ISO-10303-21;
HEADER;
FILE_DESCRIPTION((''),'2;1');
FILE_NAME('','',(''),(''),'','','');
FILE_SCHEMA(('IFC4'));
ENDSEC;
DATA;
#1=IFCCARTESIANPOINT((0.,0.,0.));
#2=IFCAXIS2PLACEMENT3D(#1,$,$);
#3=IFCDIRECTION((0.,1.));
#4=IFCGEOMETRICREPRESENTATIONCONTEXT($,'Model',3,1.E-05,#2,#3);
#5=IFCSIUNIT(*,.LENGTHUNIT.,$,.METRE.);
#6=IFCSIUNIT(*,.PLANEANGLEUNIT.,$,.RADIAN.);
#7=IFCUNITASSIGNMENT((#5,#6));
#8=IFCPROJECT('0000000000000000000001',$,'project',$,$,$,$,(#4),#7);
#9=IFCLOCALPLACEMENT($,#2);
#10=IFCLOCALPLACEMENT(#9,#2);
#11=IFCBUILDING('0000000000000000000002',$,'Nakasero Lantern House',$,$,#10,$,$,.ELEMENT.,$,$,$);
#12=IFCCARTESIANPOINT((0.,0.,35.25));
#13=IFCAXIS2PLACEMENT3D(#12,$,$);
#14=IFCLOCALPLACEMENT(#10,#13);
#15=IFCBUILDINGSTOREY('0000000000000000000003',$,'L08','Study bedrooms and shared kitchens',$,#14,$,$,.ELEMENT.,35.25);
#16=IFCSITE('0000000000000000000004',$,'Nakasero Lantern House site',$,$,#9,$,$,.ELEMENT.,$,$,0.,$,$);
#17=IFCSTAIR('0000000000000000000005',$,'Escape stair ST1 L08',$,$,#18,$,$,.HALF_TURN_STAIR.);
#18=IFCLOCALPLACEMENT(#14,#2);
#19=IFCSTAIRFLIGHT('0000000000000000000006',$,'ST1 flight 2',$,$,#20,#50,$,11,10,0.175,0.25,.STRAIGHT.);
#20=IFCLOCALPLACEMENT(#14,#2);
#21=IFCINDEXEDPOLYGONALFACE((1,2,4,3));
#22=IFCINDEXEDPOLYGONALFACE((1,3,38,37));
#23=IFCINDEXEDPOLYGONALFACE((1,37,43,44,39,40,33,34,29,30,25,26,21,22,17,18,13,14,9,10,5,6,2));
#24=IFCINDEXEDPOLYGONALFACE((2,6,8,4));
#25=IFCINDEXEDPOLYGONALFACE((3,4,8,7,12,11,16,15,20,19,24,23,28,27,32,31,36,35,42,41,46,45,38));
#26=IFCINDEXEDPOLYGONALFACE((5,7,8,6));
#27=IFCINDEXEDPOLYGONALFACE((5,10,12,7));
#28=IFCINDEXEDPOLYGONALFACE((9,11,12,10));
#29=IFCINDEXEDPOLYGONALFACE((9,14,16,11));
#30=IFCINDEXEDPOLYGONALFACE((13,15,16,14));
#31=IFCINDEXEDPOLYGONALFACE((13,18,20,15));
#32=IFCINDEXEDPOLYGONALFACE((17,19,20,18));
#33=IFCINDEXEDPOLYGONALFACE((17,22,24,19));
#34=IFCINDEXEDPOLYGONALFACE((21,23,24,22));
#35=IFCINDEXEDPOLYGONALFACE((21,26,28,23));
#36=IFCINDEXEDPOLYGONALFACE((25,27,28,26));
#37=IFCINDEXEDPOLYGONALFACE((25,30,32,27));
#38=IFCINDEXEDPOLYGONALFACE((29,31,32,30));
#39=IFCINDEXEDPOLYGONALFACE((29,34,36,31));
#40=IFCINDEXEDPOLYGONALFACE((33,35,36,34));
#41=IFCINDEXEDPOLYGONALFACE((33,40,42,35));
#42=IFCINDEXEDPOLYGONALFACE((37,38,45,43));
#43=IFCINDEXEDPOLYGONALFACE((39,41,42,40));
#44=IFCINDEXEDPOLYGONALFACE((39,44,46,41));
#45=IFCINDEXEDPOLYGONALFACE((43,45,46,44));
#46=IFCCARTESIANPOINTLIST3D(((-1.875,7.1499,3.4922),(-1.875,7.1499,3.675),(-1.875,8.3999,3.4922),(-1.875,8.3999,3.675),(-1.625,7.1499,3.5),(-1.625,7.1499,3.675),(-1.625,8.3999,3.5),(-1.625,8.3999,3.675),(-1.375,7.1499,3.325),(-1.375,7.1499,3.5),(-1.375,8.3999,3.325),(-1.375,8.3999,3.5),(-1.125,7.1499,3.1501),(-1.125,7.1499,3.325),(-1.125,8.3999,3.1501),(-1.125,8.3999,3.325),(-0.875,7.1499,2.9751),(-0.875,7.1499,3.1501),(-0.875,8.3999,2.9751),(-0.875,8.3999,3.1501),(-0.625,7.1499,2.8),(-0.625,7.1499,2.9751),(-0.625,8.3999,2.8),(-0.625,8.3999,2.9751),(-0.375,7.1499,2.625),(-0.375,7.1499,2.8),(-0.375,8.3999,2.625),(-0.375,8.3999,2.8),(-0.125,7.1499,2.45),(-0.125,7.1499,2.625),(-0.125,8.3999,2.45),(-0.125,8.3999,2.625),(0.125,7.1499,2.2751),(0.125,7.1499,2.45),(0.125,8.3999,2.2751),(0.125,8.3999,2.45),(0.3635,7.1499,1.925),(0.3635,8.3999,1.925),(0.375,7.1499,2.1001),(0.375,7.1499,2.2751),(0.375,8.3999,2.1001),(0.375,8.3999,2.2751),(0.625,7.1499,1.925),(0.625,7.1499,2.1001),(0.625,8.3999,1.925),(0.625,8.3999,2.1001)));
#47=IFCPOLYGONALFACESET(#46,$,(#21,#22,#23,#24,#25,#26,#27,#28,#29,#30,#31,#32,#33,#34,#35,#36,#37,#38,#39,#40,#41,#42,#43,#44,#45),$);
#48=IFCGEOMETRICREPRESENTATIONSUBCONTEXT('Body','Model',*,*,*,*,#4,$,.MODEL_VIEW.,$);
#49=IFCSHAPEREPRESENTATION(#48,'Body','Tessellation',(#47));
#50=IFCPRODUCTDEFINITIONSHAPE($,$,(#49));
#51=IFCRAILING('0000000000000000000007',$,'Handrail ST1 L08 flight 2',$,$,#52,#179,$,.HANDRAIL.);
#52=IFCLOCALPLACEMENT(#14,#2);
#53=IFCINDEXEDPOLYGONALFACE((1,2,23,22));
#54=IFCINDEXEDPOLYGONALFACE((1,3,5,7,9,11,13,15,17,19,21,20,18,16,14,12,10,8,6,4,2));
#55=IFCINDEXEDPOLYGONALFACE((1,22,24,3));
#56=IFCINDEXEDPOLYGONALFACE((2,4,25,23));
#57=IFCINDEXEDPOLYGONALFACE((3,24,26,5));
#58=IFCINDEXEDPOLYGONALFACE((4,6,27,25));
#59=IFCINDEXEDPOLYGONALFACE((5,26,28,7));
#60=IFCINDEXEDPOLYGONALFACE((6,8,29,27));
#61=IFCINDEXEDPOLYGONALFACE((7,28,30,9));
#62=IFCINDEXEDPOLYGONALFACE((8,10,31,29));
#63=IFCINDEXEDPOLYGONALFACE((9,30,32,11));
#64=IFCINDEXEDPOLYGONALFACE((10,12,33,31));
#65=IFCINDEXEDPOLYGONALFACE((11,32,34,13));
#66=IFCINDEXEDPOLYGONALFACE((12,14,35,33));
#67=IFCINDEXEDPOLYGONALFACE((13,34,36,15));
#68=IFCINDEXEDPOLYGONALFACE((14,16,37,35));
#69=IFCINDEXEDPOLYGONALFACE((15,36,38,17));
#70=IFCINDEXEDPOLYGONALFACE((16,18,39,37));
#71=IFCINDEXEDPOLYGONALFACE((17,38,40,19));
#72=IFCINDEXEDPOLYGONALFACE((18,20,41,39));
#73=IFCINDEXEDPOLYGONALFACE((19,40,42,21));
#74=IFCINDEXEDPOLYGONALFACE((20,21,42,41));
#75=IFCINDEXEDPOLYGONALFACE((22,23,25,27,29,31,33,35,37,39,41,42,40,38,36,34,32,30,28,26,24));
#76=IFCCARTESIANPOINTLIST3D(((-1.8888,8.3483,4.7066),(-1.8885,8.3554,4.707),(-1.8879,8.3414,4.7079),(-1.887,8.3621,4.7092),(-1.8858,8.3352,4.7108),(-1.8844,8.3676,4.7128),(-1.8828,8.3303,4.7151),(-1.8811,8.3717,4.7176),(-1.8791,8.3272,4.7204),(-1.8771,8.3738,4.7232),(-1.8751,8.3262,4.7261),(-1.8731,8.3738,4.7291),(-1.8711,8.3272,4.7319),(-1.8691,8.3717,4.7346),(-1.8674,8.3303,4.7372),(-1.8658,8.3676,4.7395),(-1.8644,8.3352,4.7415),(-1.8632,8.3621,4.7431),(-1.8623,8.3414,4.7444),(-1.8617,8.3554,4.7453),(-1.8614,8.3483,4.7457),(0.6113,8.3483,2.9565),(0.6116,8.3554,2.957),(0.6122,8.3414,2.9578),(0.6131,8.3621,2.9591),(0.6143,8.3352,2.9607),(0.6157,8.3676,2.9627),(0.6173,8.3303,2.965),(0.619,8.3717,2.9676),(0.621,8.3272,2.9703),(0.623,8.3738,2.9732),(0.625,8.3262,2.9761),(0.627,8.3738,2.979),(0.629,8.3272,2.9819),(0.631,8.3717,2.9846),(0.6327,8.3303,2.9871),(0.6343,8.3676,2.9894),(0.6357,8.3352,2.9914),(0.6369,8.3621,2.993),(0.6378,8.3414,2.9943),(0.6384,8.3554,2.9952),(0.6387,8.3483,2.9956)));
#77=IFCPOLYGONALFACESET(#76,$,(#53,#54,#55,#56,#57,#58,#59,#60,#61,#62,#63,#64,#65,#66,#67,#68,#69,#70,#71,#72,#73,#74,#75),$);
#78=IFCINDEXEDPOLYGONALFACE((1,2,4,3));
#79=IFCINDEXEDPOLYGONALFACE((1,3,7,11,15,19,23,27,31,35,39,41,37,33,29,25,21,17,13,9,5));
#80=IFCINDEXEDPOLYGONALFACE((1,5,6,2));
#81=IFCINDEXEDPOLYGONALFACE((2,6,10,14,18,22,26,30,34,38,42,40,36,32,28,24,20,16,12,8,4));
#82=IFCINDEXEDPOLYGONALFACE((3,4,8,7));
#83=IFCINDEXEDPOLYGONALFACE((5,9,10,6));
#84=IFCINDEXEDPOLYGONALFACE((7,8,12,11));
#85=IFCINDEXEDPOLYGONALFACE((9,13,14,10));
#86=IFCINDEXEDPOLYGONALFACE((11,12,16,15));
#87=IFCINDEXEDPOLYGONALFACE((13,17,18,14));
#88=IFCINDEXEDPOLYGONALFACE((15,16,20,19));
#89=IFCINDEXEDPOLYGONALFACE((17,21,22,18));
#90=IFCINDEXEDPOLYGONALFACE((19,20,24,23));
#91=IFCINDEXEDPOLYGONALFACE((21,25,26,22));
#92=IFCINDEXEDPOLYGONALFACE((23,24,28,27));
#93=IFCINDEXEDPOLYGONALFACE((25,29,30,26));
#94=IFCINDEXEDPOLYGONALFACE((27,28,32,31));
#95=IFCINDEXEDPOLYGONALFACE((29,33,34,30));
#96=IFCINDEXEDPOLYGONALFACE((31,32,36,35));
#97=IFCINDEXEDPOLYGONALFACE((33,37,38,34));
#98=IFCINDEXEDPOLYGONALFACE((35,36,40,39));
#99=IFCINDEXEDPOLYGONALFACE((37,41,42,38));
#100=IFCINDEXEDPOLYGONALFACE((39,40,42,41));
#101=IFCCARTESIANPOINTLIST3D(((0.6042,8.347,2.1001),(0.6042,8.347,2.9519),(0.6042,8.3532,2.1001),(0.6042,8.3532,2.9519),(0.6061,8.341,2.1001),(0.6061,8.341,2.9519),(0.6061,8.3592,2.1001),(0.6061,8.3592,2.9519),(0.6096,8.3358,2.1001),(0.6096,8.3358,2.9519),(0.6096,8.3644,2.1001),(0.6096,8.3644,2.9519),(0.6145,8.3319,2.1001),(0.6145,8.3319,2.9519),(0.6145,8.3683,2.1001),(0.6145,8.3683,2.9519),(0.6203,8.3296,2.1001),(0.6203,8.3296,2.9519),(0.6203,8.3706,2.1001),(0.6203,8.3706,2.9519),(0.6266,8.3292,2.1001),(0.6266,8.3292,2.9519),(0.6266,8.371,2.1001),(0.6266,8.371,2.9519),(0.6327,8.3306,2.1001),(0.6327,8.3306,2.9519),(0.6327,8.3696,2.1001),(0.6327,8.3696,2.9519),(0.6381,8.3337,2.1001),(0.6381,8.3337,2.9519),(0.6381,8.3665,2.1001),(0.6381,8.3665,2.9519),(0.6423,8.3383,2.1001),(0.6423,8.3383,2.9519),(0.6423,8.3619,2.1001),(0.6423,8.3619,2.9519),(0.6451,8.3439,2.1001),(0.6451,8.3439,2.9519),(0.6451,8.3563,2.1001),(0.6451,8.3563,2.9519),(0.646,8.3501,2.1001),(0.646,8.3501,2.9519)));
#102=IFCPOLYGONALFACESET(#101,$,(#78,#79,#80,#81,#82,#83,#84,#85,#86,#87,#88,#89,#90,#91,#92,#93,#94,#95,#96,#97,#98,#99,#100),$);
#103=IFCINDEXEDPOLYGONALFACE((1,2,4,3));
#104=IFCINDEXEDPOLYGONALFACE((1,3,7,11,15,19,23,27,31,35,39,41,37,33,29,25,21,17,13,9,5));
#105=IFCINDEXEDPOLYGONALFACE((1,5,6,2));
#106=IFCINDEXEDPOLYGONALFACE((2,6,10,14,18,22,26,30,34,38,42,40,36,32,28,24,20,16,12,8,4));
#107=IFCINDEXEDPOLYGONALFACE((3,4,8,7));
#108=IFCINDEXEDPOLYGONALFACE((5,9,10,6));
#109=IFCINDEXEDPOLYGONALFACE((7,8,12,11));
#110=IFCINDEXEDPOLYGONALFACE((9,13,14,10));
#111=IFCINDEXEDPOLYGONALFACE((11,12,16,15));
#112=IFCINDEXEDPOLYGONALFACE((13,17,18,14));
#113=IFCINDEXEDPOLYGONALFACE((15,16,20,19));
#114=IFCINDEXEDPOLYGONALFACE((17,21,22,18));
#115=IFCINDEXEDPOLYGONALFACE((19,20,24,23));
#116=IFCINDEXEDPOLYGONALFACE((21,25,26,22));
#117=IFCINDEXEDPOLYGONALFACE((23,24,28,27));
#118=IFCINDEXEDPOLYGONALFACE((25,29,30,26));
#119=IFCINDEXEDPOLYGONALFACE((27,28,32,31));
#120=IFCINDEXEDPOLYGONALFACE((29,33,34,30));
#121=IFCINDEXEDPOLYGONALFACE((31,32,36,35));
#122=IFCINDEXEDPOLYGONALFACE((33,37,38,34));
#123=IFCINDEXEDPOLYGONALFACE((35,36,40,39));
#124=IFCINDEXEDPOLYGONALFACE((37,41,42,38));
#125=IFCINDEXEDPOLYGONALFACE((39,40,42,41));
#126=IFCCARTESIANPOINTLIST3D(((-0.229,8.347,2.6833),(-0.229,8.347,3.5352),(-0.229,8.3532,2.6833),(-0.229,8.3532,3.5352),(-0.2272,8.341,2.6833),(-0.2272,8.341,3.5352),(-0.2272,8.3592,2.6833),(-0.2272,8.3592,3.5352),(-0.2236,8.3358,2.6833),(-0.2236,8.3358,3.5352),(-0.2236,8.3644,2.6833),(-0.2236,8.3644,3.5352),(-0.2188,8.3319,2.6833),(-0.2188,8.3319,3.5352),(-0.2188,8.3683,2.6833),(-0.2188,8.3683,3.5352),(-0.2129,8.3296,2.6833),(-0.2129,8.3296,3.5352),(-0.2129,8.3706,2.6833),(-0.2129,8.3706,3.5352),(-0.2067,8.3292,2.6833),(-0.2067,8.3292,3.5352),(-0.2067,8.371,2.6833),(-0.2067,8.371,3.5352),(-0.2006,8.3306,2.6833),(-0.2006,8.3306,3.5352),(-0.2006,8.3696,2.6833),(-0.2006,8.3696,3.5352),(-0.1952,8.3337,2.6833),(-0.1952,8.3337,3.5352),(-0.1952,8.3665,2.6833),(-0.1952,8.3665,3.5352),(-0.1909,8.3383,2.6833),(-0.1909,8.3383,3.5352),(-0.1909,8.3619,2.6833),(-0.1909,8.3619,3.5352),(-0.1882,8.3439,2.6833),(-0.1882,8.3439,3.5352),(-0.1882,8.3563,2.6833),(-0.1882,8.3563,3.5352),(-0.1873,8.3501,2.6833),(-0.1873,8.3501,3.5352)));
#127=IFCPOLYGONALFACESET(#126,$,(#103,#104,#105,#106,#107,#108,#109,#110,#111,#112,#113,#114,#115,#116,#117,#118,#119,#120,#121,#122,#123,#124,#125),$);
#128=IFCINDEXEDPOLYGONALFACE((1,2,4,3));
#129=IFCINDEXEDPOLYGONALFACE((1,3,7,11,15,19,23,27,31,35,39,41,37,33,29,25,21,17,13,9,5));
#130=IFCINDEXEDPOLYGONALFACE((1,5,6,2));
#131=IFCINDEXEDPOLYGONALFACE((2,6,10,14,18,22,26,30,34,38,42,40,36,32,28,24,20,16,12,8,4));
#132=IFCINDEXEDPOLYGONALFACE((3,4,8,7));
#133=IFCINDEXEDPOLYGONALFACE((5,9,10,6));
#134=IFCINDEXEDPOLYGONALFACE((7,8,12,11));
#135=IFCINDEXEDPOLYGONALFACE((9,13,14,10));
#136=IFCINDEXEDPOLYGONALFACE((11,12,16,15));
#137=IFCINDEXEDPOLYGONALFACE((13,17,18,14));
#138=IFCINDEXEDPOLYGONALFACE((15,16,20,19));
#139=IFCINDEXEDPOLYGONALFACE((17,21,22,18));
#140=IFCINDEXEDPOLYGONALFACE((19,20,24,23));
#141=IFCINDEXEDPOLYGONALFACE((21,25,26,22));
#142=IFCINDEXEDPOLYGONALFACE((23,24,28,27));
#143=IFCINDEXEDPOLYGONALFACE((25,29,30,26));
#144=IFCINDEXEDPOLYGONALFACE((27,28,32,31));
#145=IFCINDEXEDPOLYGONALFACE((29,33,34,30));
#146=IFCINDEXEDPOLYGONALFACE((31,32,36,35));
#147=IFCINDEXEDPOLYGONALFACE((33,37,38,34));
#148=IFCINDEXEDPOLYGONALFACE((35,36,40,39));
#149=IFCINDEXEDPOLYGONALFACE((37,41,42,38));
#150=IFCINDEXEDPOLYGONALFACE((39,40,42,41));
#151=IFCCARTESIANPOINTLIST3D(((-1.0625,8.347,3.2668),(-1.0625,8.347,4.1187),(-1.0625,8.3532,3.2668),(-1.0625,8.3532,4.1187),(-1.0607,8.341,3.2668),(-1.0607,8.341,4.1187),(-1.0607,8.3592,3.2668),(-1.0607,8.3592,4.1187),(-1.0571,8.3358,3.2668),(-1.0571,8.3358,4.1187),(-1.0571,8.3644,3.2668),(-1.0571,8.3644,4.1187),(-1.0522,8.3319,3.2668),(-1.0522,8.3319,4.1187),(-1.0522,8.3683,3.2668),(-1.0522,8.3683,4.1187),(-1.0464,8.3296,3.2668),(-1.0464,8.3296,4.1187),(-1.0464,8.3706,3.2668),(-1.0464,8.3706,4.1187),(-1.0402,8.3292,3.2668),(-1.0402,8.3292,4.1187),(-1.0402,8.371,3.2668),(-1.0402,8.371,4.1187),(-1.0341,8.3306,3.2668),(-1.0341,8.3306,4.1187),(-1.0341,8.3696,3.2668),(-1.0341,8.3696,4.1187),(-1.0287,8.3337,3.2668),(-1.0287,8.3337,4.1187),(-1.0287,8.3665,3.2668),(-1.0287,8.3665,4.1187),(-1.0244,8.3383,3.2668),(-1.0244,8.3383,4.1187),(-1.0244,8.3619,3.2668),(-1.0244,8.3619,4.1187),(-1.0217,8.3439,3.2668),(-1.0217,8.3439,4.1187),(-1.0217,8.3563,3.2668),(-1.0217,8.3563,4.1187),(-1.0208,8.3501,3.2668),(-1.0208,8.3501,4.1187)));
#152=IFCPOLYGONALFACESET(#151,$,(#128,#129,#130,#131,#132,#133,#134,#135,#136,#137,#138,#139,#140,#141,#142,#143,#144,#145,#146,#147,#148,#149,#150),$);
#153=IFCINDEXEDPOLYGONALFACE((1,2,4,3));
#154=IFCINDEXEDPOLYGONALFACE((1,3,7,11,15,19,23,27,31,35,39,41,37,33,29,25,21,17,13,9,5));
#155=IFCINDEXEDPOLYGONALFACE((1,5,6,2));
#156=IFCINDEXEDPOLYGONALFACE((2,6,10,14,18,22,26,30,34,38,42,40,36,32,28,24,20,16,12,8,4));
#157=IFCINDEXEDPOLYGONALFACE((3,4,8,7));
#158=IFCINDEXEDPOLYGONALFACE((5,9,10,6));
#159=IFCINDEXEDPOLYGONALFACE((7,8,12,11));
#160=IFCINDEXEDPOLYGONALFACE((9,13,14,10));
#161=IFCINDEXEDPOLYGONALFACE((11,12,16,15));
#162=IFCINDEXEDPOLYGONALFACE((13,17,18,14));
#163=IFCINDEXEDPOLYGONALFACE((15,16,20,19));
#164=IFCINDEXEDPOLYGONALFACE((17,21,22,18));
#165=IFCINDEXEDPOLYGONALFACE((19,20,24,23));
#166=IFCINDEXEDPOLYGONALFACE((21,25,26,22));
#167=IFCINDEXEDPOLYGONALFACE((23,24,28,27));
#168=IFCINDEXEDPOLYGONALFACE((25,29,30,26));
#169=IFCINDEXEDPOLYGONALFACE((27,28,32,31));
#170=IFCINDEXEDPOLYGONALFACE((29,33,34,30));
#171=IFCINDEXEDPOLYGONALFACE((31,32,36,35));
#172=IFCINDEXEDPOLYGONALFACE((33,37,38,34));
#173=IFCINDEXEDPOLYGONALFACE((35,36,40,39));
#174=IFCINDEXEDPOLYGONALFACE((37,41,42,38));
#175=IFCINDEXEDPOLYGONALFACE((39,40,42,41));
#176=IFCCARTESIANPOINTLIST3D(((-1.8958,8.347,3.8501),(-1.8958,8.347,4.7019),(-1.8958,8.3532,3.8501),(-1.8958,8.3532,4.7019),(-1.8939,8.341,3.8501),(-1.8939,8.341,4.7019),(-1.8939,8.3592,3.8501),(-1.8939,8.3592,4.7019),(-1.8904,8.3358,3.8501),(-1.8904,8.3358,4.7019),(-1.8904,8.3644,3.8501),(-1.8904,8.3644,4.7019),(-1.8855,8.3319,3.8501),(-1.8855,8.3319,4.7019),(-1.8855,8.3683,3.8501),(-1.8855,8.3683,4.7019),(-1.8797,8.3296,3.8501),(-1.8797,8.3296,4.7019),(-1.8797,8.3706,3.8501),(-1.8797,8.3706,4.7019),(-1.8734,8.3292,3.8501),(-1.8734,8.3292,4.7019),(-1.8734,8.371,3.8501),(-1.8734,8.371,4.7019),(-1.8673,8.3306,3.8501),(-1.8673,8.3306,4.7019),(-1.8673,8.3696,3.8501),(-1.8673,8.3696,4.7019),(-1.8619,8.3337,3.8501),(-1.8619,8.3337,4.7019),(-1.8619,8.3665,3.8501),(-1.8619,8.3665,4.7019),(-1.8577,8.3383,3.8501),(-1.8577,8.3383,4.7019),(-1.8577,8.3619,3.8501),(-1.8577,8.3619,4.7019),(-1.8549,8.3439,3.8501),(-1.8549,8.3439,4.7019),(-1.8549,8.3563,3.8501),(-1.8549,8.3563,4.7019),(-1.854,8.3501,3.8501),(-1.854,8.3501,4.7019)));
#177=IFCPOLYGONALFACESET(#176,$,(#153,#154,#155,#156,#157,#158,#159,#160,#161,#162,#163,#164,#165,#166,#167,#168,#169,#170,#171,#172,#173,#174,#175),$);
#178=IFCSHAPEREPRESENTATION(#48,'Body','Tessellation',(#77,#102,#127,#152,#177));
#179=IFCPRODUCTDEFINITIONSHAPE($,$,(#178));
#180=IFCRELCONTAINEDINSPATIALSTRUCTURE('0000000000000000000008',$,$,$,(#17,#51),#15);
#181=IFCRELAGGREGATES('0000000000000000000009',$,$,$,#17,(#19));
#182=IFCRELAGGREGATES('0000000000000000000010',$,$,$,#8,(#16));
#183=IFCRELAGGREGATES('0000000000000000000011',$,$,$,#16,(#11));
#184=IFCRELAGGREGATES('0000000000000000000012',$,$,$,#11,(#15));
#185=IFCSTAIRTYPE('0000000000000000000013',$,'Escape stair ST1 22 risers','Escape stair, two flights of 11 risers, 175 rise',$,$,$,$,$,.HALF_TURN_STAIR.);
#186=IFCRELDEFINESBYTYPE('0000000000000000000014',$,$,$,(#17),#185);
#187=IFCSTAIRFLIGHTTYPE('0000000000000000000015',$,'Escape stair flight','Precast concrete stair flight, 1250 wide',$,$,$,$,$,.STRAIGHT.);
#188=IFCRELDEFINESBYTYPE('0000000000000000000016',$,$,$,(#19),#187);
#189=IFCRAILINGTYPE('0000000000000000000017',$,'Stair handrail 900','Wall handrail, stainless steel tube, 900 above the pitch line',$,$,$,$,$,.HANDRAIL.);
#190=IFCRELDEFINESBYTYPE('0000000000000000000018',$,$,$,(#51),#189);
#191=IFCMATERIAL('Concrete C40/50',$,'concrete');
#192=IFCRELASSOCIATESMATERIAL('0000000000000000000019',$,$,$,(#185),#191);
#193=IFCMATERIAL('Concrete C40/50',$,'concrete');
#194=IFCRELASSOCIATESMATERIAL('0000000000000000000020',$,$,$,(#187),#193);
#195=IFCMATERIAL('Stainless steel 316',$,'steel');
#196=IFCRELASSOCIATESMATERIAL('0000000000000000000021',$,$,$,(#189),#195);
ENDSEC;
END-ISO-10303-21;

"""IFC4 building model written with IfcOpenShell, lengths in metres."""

from ifc_helpers import new_model, si_unit, direction, frame, origin, origin_2d, place, context, subcontext, project, spatial, polyline, circle, outline, extrude, material, type_object, element, aggregate, save


model = new_model("IFC4")

# Units and contexts
model_context = context("Model", 3, precision=1e-05, world=origin(), true_north=direction((0.0, 1.0)))
body_context = subcontext(model_context, "Body", "Model", "MODEL_VIEW")
ifc_project = project(units=[si_unit("LENGTHUNIT", "METRE"), si_unit("PLANEANGLEUNIT", "RADIAN")], contexts=[model_context])

# Site, building, storey
site_placement = place(None, origin())
site = spatial("IfcSite", under=ifc_project, at=site_placement, Name="Nakasero Lantern House site", CompositionType="ELEMENT", RefElevation=0.0)
building_placement = place(site_placement, origin())
building = spatial("IfcBuilding", under=site, at=building_placement, Name="Nakasero Lantern House", CompositionType="ELEMENT")
storey_placement = place(building_placement, frame((0.0, 0.0, 35.25)))
storey = spatial("IfcBuildingStorey", under=building, at=storey_placement, Name="L08", Description="Study bedrooms and shared kitchens", CompositionType="ELEMENT", Elevation=35.25)

# Stair, stair flight
ifc_material_1 = material(Name="Concrete C40/50", Category="concrete")
stair_type_1 = type_object("IfcStairType", Name="Escape stair ST1 22 risers", Description="Escape stair, two flights of 11 risers, 175 rise", PredefinedType="HALF_TURN_STAIR", material=ifc_material_1)
stair_1_placement = place(storey_placement, origin())
stair_1 = element("IfcStair", 1, at=stair_1_placement, inside=storey, type_object=stair_type_1, Name="Escape stair ST1 L08", PredefinedType="HALF_TURN_STAIR")
ifc_material_2 = material(Name="Concrete C40/50", Category="concrete")
stair_flight_type = type_object("IfcStairFlightType", Name="Escape stair flight", Description="Precast concrete stair flight, 1250 wide", PredefinedType="STRAIGHT", material=ifc_material_2)
stair_flight_placement = place(storey_placement, frame((0.625, 7.7749, 1.925), z_axis=(0.0, 0.0, 1.0), x_axis=(-1.0, 0.0, 0.0)))
stair_flight = element("IfcStairFlight", 2, at=stair_flight_placement, type_object=stair_flight_type, Name="ST1 flight 2", NumberOfRisers=11, NumberOfTreads=10, PredefinedType="STRAIGHT", RiserHeight=0.175, TreadLength=0.25, context=body_context, shape_type="SweptSolid", body=[
    extrude(outline(polyline([(0.0, 0.0), (0.0, 0.175), (0.25, 0.175), (0.25, 0.3501), (0.5, 0.3501), (0.5, 0.5249), (0.75, 0.5249), (0.75, 0.7), (1.0, 0.7), (1.0, 0.875), (1.25, 0.875), (1.25, 1.05), (1.5, 1.05), (1.5, 1.2251), (1.75, 1.2251), (1.75, 1.3999), (2.0, 1.3999), (2.0, 1.575), (2.25, 1.575), (2.25, 1.75), (2.5, 1.75), (2.5, 1.925), (2.5, 1.5671), (0.2615, 0.0), (0.0, 0.0)])), frame((0.0, 0.625, 0.0), z_axis=(0.0, -1.0, 0.0), x_axis=(1.0, 0.0, 0.0)), (0.0, 0.0, 1.0), 1.25),
])
aggregate(stair_1, [stair_flight])

# Railing
ifc_material_3 = material(Name="Stainless steel 316", Category="steel")
railing_type = type_object("IfcRailingType", Name="Stair handrail 900", Description="Wall handrail, stainless steel tube, 900 above the pitch line", PredefinedType="HANDRAIL", material=ifc_material_3)
railing_placement = place(storey_placement, frame((0.625, 8.3501, 2.1001)))
element("IfcRailing", 3, at=railing_placement, inside=storey, type_object=railing_type, Name="Handrail ST1 L08 flight 2", PredefinedType="HANDRAIL", context=body_context, shape_type="SweptSolid", body=[
    extrude(circle(Radius=0.0239, at=origin_2d()), frame((0.0, 0.0, 0.876), z_axis=(-0.819232, 0.0, 0.573462), x_axis=(0.0, -1.0, 0.0)), (0.0, 0.0, 1.0), 3.0518),
    extrude(circle(Radius=0.021, at=origin_2d()), origin(), (0.0, 0.0, 1.0), 0.8518),
    extrude(circle(Radius=0.021, at=origin_2d()), frame((-0.8333, 0.0, 0.5833)), (0.0, 0.0, 1.0), 0.8518),
    extrude(circle(Radius=0.021, at=origin_2d()), frame((-1.6667, 0.0, 1.1667)), (0.0, 0.0, 1.0), 0.8518),
    extrude(circle(Radius=0.021, at=origin_2d()), frame((-2.5, 0.0, 1.75)), (0.0, 0.0, 1.0), 0.8518),
])

save(model, "model.ifc")
